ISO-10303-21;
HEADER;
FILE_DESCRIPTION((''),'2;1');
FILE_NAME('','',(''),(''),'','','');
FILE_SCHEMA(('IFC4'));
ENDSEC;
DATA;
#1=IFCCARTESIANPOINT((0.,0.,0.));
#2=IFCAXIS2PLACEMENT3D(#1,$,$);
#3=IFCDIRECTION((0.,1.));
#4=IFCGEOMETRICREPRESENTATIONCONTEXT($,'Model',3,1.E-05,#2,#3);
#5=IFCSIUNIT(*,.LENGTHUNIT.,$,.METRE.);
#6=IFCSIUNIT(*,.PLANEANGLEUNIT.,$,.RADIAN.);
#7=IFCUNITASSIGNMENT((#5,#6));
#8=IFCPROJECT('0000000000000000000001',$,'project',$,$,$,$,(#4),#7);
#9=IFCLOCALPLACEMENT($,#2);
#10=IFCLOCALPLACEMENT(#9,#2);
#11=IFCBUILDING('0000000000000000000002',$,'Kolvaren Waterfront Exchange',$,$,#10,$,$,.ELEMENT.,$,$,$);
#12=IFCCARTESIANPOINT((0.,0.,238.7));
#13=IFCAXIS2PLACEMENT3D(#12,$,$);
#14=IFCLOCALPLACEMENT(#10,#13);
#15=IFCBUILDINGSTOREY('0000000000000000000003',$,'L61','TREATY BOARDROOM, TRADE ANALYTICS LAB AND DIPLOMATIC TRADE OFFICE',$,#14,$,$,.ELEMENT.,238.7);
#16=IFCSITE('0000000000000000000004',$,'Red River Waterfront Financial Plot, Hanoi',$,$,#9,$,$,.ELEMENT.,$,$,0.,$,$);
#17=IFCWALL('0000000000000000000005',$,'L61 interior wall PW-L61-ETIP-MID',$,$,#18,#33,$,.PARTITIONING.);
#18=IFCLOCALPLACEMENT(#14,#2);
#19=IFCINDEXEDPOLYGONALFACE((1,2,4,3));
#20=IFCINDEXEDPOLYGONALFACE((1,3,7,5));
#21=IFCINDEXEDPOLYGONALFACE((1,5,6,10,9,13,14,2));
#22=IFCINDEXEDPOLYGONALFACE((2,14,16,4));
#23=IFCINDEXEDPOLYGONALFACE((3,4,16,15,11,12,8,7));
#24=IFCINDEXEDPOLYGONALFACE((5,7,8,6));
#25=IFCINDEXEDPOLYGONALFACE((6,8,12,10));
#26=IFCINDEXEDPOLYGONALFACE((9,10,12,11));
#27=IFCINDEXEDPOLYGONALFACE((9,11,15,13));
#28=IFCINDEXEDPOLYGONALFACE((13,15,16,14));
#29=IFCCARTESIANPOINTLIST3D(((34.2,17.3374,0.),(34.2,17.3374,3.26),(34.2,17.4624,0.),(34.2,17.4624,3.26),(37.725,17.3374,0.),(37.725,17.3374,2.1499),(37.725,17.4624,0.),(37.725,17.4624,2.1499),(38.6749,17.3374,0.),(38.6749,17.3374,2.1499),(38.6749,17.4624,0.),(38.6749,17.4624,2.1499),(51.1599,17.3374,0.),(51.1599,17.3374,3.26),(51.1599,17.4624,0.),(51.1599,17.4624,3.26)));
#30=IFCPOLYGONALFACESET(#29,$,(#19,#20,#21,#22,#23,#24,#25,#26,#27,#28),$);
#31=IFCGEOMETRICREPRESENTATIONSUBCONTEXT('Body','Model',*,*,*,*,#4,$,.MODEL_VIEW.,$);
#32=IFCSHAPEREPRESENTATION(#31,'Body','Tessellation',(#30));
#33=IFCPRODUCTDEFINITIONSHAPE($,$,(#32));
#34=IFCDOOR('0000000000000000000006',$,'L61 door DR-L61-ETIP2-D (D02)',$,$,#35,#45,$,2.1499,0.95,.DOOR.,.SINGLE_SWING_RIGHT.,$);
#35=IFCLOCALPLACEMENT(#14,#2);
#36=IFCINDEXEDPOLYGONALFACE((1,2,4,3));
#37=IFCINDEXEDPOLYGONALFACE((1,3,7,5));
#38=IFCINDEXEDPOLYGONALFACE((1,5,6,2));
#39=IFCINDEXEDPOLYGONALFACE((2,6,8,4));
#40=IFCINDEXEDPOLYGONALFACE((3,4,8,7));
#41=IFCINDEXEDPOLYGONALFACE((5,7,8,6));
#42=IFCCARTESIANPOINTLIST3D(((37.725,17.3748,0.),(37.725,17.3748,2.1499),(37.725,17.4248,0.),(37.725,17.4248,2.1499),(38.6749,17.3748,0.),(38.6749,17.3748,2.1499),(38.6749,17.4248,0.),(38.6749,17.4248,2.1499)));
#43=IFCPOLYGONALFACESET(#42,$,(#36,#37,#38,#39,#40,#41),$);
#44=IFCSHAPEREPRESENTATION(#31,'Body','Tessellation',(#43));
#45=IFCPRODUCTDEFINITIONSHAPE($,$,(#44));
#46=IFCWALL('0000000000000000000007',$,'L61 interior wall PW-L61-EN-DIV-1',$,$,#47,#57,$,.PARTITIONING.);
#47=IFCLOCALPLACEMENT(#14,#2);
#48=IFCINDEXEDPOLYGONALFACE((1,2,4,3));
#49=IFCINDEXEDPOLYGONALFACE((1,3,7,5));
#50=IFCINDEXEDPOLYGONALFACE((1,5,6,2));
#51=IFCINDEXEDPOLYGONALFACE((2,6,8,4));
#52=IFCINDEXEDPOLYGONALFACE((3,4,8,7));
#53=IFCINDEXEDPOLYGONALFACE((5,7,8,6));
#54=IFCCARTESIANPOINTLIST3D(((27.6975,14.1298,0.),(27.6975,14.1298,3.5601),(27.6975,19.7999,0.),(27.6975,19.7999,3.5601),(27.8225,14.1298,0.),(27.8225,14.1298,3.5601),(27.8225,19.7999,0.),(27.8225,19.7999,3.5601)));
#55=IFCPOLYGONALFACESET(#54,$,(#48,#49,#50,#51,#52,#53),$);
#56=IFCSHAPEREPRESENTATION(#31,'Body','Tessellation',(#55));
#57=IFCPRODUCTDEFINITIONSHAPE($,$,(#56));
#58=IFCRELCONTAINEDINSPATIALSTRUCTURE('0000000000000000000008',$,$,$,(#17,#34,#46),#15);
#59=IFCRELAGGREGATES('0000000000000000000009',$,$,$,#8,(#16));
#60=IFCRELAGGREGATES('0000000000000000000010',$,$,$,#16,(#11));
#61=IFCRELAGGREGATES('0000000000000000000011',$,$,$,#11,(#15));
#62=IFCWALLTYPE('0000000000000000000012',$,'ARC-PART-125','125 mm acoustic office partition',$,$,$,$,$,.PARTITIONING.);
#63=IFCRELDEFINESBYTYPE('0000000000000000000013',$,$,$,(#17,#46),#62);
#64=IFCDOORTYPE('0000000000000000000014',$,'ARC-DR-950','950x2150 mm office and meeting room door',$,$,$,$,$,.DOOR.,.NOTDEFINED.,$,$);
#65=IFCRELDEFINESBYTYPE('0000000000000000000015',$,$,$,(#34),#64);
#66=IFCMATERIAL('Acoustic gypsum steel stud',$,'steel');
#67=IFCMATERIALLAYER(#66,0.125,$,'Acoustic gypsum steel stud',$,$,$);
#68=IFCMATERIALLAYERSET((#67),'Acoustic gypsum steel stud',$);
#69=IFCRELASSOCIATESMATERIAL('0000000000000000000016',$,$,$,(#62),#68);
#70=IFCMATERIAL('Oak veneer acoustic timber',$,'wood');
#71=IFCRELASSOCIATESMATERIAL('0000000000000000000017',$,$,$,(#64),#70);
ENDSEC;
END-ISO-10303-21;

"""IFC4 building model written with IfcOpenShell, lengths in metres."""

from ifc_helpers import new_model, si_unit, direction, frame, frame_2d, origin, place, context, subcontext, project, spatial, rectangle, extrude, material, layer, layer_set, type_object, element, fill, save


model = new_model("IFC4")

# Units and contexts
model_context = context("Model", 3, precision=1e-05, world=origin(), true_north=direction((0.0, 1.0)))
body_context = subcontext(model_context, "Body", "Model", "MODEL_VIEW")
ifc_project = project(units=[si_unit("LENGTHUNIT", "METRE"), si_unit("PLANEANGLEUNIT", "RADIAN")], contexts=[model_context])

# Site, building, storey
site_placement = place(None, origin())
site = spatial("IfcSite", under=ifc_project, at=site_placement, Name="Red River Waterfront Financial Plot, Hanoi", CompositionType="ELEMENT", RefElevation=0.0)
building_placement = place(site_placement, origin())
building = spatial("IfcBuilding", under=site, at=building_placement, Name="Kolvaren Waterfront Exchange", CompositionType="ELEMENT")
storey_placement = place(building_placement, frame((0.0, 0.0, 238.7)))
storey = spatial("IfcBuildingStorey", under=building, at=storey_placement, Name="L61", Description="TREATY BOARDROOM, TRADE ANALYTICS LAB AND DIPLOMATIC TRADE OFFICE", CompositionType="ELEMENT", Elevation=238.7)

# Wall, opening, door
ifc_material_1 = material(Name="Acoustic gypsum steel stud", Category="steel")
ifc_layer_1 = layer(ifc_material_1, 0.125, Name="Acoustic gypsum steel stud")
ifc_layer_set_1 = layer_set([ifc_layer_1], Name="Acoustic gypsum steel stud")
wall_type_1 = type_object("IfcWallType", Name="ARC-PART-125", Description="125 mm acoustic office partition", PredefinedType="PARTITIONING", material=ifc_layer_set_1)
wall_1_placement = place(storey_placement, frame((34.2, 17.3999, 0.0), z_axis=(0.0, 0.0, 1.0), x_axis=(1.0, 0.0, 0.0)))
wall_1 = element("IfcWall", 1, at=wall_1_placement, inside=storey, type_object=wall_type_1, Name="L61 interior wall PW-L61-ETIP-MID", PredefinedType="PARTITIONING", context=body_context, shape_type="SweptSolid", body=[
    extrude(rectangle(XDim=16.96, YDim=0.125, at=frame_2d((8.48, 0.0))), origin(), (0.0, 0.0, 1.0), 3.26),
])
opening_placement = place(wall_1_placement, frame((3.5249, 0.0, 0.0)))
opening = element("IfcOpeningElement", 2, at=opening_placement, cuts=wall_1, PredefinedType="OPENING", context=body_context, shape_type="SweptSolid", body=[
    extrude(rectangle(XDim=0.95, YDim=2.1499, at=frame_2d((0.4751, 1.075))), frame((0.0, 0.0725, 0.0), z_axis=(0.0, -1.0, 0.0), x_axis=(1.0, 0.0, 0.0)), (0.0, 0.0, 1.0), 0.145),
])
ifc_material_2 = material(Name="Oak veneer acoustic timber", Category="wood")
door_type = type_object("IfcDoorType", Name="ARC-DR-950", Description="950x2150 mm office and meeting room door", OperationType="NOTDEFINED", PredefinedType="DOOR", material=ifc_material_2)
door_placement = place(opening_placement, origin())
door = element("IfcDoor", 3, at=door_placement, inside=storey, type_object=door_type, Name="L61 door DR-L61-ETIP2-D (D02)", OperationType="SINGLE_SWING_RIGHT", OverallHeight=2.1499, OverallWidth=0.95, PredefinedType="DOOR", context=body_context, shape_type="SweptSolid", body=[
    extrude(rectangle(XDim=0.95, YDim=2.1499, at=frame_2d((0.4751, 1.075))), frame((0.0, 0.0249, 0.0), z_axis=(0.0, -1.0, 0.0), x_axis=(1.0, 0.0, 0.0)), (0.0, 0.0, 1.0), 0.05),
])
fill(opening, door)

# Wall
wall_2_placement = place(storey_placement, frame((27.76, 14.1299, 0.0), z_axis=(0.0, 0.0, 1.0), x_axis=(0.0, 1.0, 0.0)))
element("IfcWall", 4, at=wall_2_placement, inside=storey, type_object=wall_type_1, Name="L61 interior wall PW-L61-EN-DIV-1", PredefinedType="PARTITIONING", context=body_context, shape_type="SweptSolid", body=[
    extrude(rectangle(XDim=5.6702, YDim=0.125, at=frame_2d((2.835, 0.0))), origin(), (0.0, 0.0, 1.0), 3.5601),
])

save(model, "model.ifc")
